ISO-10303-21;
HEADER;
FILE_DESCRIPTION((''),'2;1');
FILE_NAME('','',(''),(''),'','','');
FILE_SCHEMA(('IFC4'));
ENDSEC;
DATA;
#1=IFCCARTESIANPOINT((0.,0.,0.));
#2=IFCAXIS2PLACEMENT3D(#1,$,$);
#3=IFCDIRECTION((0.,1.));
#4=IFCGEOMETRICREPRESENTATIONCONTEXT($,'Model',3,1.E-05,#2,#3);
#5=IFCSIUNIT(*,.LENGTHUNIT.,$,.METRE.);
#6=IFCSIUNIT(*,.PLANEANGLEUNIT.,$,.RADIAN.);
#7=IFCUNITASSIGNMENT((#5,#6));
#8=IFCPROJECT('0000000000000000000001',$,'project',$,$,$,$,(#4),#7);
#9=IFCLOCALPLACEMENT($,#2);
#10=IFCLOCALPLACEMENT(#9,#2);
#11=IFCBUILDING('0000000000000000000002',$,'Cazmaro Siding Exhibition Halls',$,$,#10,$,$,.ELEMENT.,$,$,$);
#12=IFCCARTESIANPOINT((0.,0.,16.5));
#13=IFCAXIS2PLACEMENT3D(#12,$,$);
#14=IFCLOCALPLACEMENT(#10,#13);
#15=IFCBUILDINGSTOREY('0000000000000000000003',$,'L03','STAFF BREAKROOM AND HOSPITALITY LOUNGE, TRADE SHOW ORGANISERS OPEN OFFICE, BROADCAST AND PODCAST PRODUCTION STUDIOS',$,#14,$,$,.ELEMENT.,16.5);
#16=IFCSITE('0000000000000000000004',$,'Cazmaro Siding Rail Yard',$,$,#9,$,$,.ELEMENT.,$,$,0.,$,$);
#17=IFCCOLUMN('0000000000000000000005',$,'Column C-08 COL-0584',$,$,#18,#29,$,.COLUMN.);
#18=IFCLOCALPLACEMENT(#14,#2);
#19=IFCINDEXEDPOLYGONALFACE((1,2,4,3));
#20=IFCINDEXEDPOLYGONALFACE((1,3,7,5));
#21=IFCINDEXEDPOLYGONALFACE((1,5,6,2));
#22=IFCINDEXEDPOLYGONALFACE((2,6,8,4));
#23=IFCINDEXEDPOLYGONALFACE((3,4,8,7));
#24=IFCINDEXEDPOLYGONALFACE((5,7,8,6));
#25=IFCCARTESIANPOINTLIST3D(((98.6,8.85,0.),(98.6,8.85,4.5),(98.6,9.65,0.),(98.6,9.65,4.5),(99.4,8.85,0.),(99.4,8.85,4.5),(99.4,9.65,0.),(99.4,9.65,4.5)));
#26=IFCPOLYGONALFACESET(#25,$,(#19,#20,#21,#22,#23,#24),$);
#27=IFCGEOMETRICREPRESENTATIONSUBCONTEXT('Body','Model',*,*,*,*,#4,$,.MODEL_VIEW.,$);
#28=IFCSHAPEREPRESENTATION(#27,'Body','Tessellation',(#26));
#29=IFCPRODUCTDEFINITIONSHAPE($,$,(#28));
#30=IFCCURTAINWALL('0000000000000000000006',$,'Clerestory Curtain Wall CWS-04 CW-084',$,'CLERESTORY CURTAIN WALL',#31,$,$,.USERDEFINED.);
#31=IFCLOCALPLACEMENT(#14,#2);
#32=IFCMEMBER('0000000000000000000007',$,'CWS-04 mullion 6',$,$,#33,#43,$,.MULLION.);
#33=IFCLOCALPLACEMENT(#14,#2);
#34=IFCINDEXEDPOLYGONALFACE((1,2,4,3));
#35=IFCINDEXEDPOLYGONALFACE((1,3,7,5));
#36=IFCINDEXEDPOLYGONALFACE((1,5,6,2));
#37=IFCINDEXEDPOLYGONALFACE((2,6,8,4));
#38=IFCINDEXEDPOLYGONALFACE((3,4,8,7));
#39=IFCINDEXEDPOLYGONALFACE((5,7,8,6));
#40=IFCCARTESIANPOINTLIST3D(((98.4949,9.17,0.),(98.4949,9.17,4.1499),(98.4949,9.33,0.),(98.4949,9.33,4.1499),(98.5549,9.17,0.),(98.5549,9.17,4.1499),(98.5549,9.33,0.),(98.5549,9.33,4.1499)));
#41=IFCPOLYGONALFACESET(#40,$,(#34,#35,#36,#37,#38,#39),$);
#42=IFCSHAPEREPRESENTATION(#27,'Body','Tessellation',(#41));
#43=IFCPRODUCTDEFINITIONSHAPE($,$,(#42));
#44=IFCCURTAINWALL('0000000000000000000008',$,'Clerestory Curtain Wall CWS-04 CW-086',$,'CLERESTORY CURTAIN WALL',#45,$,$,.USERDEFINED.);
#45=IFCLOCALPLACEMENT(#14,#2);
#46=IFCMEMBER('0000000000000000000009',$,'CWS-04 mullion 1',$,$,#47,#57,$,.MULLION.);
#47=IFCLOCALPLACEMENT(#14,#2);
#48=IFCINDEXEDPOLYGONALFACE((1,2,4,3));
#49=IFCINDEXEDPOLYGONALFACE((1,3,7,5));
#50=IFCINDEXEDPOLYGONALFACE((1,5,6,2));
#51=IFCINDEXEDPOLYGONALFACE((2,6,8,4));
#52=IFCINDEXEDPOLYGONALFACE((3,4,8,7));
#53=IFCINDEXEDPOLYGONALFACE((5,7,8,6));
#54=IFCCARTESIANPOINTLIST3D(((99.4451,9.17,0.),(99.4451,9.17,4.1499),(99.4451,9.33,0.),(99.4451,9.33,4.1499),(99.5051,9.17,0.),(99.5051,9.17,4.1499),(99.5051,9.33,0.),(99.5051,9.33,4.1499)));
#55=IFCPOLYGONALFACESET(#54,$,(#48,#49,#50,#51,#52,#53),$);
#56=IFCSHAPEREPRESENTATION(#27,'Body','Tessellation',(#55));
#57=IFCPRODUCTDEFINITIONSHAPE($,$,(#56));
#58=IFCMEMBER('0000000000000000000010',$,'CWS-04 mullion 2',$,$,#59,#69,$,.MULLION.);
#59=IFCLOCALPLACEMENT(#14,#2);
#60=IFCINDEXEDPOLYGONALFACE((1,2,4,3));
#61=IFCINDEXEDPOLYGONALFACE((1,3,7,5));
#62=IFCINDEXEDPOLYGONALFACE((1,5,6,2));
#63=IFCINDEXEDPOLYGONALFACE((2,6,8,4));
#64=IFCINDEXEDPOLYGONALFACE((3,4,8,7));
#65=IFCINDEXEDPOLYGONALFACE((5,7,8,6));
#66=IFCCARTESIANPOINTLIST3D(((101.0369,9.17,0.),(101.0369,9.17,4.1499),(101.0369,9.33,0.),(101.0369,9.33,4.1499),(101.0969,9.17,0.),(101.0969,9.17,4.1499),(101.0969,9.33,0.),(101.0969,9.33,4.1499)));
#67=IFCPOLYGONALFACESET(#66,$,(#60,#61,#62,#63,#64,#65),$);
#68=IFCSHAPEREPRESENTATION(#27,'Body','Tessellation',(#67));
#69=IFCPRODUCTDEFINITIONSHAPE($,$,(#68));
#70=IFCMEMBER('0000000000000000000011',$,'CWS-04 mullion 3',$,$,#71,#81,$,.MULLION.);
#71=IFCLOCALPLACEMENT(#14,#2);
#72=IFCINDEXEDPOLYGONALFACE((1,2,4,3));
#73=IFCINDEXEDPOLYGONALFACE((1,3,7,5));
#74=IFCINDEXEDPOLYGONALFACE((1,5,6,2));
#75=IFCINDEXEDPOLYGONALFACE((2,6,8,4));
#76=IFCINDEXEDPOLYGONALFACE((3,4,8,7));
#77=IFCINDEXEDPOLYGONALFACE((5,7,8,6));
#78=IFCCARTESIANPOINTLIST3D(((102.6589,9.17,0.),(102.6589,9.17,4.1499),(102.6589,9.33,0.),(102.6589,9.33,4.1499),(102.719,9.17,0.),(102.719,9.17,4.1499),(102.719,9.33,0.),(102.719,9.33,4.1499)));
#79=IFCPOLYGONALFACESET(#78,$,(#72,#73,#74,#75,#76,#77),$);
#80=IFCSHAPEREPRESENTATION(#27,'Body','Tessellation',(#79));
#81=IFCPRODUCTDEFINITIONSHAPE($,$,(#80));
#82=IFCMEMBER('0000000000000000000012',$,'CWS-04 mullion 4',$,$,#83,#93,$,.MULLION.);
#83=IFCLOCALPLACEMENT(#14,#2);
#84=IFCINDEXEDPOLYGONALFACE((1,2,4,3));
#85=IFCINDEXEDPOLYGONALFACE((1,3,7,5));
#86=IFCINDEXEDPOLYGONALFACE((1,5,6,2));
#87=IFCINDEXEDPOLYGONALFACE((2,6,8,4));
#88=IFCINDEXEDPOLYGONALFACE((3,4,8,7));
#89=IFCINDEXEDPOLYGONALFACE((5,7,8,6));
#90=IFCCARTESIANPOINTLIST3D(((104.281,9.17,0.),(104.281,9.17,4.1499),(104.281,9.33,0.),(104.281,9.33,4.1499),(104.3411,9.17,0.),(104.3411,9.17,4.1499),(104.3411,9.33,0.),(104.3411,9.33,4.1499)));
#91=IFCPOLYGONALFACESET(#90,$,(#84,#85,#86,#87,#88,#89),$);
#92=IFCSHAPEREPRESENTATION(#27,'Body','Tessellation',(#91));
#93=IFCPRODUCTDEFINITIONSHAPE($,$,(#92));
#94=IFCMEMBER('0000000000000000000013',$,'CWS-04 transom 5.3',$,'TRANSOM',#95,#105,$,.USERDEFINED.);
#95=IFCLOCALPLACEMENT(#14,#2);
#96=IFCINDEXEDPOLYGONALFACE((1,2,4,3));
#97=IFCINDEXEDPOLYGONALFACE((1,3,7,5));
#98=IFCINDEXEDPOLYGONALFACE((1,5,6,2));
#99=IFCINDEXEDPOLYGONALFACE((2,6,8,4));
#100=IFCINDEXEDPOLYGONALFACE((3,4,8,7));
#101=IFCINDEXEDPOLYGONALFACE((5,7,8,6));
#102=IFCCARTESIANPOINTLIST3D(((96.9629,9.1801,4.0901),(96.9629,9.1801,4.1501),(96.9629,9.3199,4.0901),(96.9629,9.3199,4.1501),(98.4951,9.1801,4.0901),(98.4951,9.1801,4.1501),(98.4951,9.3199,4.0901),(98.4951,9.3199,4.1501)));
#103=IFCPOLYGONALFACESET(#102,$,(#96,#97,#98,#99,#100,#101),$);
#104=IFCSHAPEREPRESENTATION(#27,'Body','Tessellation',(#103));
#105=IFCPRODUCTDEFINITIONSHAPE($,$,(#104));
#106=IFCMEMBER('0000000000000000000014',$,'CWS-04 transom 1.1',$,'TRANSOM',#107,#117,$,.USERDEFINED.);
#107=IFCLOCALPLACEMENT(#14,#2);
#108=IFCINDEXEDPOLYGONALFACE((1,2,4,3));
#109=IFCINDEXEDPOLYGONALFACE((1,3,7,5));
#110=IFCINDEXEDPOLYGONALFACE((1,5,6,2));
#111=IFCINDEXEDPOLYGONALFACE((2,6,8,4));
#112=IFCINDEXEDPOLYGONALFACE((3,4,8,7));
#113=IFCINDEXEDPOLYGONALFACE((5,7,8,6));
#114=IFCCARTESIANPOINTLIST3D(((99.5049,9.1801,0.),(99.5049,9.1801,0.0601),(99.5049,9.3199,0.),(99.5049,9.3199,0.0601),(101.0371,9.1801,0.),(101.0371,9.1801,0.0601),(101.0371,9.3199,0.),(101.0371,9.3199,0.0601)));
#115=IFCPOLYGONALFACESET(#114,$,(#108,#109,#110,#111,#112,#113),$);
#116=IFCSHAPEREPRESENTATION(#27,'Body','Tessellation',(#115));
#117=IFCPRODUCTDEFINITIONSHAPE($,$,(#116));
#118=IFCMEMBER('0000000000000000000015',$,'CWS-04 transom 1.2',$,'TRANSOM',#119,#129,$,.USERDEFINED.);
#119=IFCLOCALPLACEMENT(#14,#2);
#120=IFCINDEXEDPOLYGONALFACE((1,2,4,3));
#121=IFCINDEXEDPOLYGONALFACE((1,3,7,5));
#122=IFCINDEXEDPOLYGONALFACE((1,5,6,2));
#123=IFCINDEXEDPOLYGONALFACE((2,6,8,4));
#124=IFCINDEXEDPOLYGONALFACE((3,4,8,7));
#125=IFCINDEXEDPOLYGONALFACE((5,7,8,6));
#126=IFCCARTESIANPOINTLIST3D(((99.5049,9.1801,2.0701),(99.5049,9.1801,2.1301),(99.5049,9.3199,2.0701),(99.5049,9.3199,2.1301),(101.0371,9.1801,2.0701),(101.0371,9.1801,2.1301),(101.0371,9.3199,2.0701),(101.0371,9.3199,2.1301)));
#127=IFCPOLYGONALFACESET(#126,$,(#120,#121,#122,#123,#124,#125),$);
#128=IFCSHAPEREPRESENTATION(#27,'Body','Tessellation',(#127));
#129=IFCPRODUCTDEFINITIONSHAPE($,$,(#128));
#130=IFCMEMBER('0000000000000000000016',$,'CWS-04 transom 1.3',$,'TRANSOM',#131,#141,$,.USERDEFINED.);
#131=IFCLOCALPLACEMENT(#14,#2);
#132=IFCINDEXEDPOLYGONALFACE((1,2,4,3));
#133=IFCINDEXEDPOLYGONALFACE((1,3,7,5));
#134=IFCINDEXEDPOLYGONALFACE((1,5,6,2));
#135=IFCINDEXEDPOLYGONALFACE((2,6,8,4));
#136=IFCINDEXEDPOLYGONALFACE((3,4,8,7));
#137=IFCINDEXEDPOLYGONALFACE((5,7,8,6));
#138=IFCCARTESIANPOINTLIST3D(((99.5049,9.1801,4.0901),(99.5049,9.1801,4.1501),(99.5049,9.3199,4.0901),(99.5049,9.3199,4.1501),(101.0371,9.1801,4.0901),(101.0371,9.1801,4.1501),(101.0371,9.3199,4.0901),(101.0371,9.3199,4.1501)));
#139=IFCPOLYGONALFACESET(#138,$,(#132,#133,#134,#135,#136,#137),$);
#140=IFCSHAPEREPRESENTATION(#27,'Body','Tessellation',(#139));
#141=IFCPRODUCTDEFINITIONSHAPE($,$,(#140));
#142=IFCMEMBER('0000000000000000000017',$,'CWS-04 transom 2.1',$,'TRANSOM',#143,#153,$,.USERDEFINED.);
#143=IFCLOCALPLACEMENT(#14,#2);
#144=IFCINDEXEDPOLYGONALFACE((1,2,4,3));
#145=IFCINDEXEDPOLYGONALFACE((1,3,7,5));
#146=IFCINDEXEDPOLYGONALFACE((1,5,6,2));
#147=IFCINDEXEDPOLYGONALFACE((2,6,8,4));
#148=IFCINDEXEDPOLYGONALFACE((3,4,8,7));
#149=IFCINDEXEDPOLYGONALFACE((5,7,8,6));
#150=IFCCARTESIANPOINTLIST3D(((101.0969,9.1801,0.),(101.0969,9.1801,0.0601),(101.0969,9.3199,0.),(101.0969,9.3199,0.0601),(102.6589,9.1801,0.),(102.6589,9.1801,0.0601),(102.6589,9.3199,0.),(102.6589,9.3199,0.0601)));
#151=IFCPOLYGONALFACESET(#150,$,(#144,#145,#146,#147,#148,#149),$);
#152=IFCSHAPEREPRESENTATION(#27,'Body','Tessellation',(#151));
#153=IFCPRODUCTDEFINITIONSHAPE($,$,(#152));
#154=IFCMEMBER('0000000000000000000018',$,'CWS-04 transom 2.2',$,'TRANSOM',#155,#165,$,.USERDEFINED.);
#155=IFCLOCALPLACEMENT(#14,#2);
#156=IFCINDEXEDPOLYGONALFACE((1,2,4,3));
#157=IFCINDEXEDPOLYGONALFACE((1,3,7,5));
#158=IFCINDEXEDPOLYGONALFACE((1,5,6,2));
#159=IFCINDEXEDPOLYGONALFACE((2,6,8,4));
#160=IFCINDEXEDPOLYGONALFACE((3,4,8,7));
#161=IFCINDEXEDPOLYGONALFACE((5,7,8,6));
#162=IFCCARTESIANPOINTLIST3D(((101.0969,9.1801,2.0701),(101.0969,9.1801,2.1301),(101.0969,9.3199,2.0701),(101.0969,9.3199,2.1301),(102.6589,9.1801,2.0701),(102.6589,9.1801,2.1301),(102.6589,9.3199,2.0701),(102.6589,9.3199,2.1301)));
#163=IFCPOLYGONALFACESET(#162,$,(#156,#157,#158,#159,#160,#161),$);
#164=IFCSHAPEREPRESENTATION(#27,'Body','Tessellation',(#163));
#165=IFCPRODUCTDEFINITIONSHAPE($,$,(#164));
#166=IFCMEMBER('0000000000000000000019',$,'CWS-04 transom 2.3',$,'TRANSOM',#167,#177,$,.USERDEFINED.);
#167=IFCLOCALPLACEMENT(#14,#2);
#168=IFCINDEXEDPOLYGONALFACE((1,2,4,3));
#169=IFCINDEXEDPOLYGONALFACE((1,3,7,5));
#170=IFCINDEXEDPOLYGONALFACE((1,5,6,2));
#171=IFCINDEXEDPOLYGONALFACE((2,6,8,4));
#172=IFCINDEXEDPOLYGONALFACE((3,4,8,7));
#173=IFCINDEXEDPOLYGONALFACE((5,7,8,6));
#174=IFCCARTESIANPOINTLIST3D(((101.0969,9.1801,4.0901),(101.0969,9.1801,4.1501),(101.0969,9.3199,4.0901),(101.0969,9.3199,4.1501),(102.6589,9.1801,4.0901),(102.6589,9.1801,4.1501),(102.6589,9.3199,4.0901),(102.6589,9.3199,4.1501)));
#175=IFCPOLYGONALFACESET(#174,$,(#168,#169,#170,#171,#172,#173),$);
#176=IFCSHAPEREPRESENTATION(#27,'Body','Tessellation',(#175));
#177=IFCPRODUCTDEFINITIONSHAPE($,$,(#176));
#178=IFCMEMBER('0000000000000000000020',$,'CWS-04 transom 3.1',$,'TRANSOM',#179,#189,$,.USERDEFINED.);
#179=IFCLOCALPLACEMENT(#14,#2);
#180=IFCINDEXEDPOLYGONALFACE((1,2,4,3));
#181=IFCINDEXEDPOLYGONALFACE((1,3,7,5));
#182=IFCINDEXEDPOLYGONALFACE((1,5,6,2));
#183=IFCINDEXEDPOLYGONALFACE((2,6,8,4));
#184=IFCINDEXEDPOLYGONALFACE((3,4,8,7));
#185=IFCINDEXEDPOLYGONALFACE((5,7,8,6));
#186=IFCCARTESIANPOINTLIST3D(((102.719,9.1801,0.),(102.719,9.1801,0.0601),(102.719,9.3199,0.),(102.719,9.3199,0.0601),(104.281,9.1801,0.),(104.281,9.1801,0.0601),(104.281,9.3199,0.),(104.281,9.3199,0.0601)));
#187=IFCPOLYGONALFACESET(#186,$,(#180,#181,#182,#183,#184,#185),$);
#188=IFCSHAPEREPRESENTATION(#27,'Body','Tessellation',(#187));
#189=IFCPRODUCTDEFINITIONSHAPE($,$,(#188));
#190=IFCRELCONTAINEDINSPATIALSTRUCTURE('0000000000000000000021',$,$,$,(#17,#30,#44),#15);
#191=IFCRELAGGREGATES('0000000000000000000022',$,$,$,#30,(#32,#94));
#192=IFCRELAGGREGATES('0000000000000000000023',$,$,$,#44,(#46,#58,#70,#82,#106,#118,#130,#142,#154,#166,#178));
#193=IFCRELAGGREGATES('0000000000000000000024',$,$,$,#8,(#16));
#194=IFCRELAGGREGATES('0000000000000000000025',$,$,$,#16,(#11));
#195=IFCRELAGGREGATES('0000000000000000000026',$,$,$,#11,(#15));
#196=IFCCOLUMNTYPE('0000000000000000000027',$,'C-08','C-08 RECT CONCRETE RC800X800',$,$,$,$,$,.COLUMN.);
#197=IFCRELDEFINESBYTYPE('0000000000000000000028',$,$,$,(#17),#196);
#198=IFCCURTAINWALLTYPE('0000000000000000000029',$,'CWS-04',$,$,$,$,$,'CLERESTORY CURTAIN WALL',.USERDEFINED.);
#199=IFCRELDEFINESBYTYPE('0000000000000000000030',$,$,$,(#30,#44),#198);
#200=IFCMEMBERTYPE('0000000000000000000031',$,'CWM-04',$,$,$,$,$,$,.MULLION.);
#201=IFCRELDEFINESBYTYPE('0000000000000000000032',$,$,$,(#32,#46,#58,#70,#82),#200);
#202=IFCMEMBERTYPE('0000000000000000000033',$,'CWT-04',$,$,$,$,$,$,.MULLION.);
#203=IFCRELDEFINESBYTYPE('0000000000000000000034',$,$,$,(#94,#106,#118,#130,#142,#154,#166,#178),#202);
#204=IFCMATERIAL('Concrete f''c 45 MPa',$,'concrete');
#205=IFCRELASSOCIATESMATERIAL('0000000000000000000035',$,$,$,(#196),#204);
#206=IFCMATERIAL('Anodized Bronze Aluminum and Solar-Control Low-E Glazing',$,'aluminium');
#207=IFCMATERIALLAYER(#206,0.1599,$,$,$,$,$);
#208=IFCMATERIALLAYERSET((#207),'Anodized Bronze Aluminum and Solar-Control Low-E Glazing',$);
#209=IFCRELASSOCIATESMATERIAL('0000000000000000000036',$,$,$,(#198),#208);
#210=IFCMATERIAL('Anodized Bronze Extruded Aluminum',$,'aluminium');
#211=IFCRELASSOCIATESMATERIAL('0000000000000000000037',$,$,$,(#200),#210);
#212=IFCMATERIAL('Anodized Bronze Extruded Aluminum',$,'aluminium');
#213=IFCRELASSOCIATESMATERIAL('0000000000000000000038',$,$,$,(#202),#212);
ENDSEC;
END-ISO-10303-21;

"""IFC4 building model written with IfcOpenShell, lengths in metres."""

from ifc_helpers import new_model, si_unit, direction, frame, origin, origin_2d, place, context, subcontext, project, spatial, rectangle, extrude, material, layer, layer_set, material_profile, profile_set, type_object, element, aggregate, save


model = new_model("IFC4")

# Units and contexts
model_context = context("Model", 3, precision=1e-05, world=origin(), true_north=direction((0.0, 1.0)))
body_context = subcontext(model_context, "Body", "Model", "MODEL_VIEW")
ifc_project = project(units=[si_unit("LENGTHUNIT", "METRE"), si_unit("PLANEANGLEUNIT", "RADIAN")], contexts=[model_context])

# Site, building, storey
site_placement = place(None, origin())
site = spatial("IfcSite", under=ifc_project, at=site_placement, Name="Cazmaro Siding Rail Yard", CompositionType="ELEMENT", RefElevation=0.0)
building_placement = place(site_placement, origin())
building = spatial("IfcBuilding", under=site, at=building_placement, Name="Cazmaro Siding Exhibition Halls", CompositionType="ELEMENT")
storey_placement = place(building_placement, frame((0.0, 0.0, 16.5)))
storey = spatial("IfcBuildingStorey", under=building, at=storey_placement, Name="L03", Description="STAFF BREAKROOM AND HOSPITALITY LOUNGE, TRADE SHOW ORGANISERS OPEN OFFICE, BROADCAST AND PODCAST PRODUCTION STUDIOS", CompositionType="ELEMENT", Elevation=16.5)

# Column
ifc_material_1 = material(Name="Concrete f'c 45 MPa", Category="concrete")
ifc_material_profile_1 = material_profile(ifc_material_1, rectangle(XDim=0.8, YDim=0.8, at=origin_2d()), Name="RC800X800")
ifc_profile_set_1 = profile_set([ifc_material_profile_1], Name="Concrete f'c 45 MPa")
column_type = type_object("IfcColumnType", Name="C-08", Description="C-08 RECT CONCRETE RC800X800", PredefinedType="COLUMN", material=ifc_profile_set_1)
column_placement = place(storey_placement, frame((99.0, 9.25, 0.0), z_axis=(0.0, 0.0, 1.0), x_axis=(1.0, 0.0, 0.0)))
element("IfcColumn", 1, at=column_placement, inside=storey, type_object=column_type, Name="Column C-08 COL-0584", PredefinedType="COLUMN", context=body_context, shape_type="SweptSolid", body=[
    extrude(rectangle(XDim=0.8, YDim=0.8, at=origin_2d()), origin(), (0.0, 0.0, 1.0), 4.5),
])

# Curtain wall, member
ifc_material_2 = material(Name="Anodized Bronze Aluminum and Solar-Control Low-E Glazing", Category="aluminium")
ifc_layer_1 = layer(ifc_material_2, 0.1599)
ifc_layer_set_1 = layer_set([ifc_layer_1], Name="Anodized Bronze Aluminum and Solar-Control Low-E Glazing")
curtain_wall_type = type_object("IfcCurtainWallType", Name="CWS-04", ElementType="CLERESTORY CURTAIN WALL", PredefinedType="USERDEFINED", material=ifc_layer_set_1)
curtain_wall_1_placement = place(storey_placement, origin())
curtain_wall_1 = element("IfcCurtainWall", 2, at=curtain_wall_1_placement, inside=storey, type_object=curtain_wall_type, Name="Clerestory Curtain Wall CWS-04 CW-084", ObjectType="CLERESTORY CURTAIN WALL", PredefinedType="USERDEFINED")
ifc_material_3 = material(Name="Anodized Bronze Extruded Aluminum", Category="aluminium")
ifc_material_profile_2 = material_profile(ifc_material_3, rectangle(XDim=0.1599, YDim=0.0601, at=origin_2d()), Name="CWM-04")
ifc_profile_set_2 = profile_set([ifc_material_profile_2], Name="Anodized Bronze Extruded Aluminum")
member_type_1 = type_object("IfcMemberType", Name="CWM-04", PredefinedType="MULLION", material=ifc_profile_set_2)
member_1_placement = place(storey_placement, frame((98.5249, 9.25, 0.0), z_axis=(0.0, 0.0, 1.0), x_axis=(0.0, 1.0, 0.0)))
member_1 = element("IfcMember", 3, at=member_1_placement, type_object=member_type_1, Name="CWS-04 mullion 6", PredefinedType="MULLION", context=body_context, shape_type="SweptSolid", body=[
    extrude(rectangle(XDim=0.1599, YDim=0.0601, at=origin_2d()), origin(), (0.0, 0.0, 1.0), 4.1499),
])

# Curtain wall, members
curtain_wall_2_placement = place(storey_placement, origin())
curtain_wall_2 = element("IfcCurtainWall", 4, at=curtain_wall_2_placement, inside=storey, type_object=curtain_wall_type, Name="Clerestory Curtain Wall CWS-04 CW-086", ObjectType="CLERESTORY CURTAIN WALL", PredefinedType="USERDEFINED")
member_2_placement = place(storey_placement, frame((99.4751, 9.25, 0.0), z_axis=(0.0, 0.0, 1.0), x_axis=(0.0, 1.0, 0.0)))
member_2 = element("IfcMember", 5, at=member_2_placement, type_object=member_type_1, Name="CWS-04 mullion 1", PredefinedType="MULLION", context=body_context, shape_type="SweptSolid", body=[
    extrude(rectangle(XDim=0.1599, YDim=0.0601, at=origin_2d()), origin(), (0.0, 0.0, 1.0), 4.1499),
])
member_3_placement = place(storey_placement, frame((101.0669, 9.25, 0.0), z_axis=(0.0, 0.0, 1.0), x_axis=(0.0, 1.0, 0.0)))
member_3 = element("IfcMember", 6, at=member_3_placement, type_object=member_type_1, Name="CWS-04 mullion 2", PredefinedType="MULLION", context=body_context, shape_type="SweptSolid", body=[
    extrude(rectangle(XDim=0.1599, YDim=0.0601, at=origin_2d()), origin(), (0.0, 0.0, 1.0), 4.1499),
])
member_4_placement = place(storey_placement, frame((102.689, 9.25, 0.0), z_axis=(0.0, 0.0, 1.0), x_axis=(0.0, 1.0, 0.0)))
member_4 = element("IfcMember", 7, at=member_4_placement, type_object=member_type_1, Name="CWS-04 mullion 3", PredefinedType="MULLION", context=body_context, shape_type="SweptSolid", body=[
    extrude(rectangle(XDim=0.1599, YDim=0.0601, at=origin_2d()), origin(), (0.0, 0.0, 1.0), 4.1499),
])
member_5_placement = place(storey_placement, frame((104.311, 9.25, 0.0), z_axis=(0.0, 0.0, 1.0), x_axis=(0.0, 1.0, 0.0)))
member_5 = element("IfcMember", 8, at=member_5_placement, type_object=member_type_1, Name="CWS-04 mullion 4", PredefinedType="MULLION", context=body_context, shape_type="SweptSolid", body=[
    extrude(rectangle(XDim=0.1599, YDim=0.0601, at=origin_2d()), origin(), (0.0, 0.0, 1.0), 4.1499),
])

# Members
ifc_material_4 = material(Name="Anodized Bronze Extruded Aluminum", Category="aluminium")
ifc_material_profile_3 = material_profile(ifc_material_4, rectangle(XDim=0.1399, YDim=0.0601, at=origin_2d()), Name="CWT-04")
ifc_profile_set_3 = profile_set([ifc_material_profile_3], Name="Anodized Bronze Extruded Aluminum")
member_type_2 = type_object("IfcMemberType", Name="CWT-04", PredefinedType="MULLION", material=ifc_profile_set_3)
member_6_placement = place(storey_placement, frame((96.9629, 9.25, 4.1201), z_axis=(1.0, 0.0, 0.0), x_axis=(0.0, 1.0, 0.0)))
member_6 = element("IfcMember", 9, at=member_6_placement, type_object=member_type_2, Name="CWS-04 transom 5.3", ObjectType="TRANSOM", PredefinedType="USERDEFINED", context=body_context, shape_type="SweptSolid", body=[
    extrude(rectangle(XDim=0.1399, YDim=0.0601, at=origin_2d()), origin(), (0.0, 0.0, 1.0), 1.5322),
])
member_7_placement = place(storey_placement, frame((99.5049, 9.25, 0.03), z_axis=(1.0, 0.0, 0.0), x_axis=(0.0, 1.0, 0.0)))
member_7 = element("IfcMember", 10, at=member_7_placement, type_object=member_type_2, Name="CWS-04 transom 1.1", ObjectType="TRANSOM", PredefinedType="USERDEFINED", context=body_context, shape_type="SweptSolid", body=[
    extrude(rectangle(XDim=0.1399, YDim=0.0601, at=origin_2d()), origin(), (0.0, 0.0, 1.0), 1.5322),
])
member_8_placement = place(storey_placement, frame((99.5049, 9.25, 2.1001), z_axis=(1.0, 0.0, 0.0), x_axis=(0.0, 1.0, 0.0)))
member_8 = element("IfcMember", 11, at=member_8_placement, type_object=member_type_2, Name="CWS-04 transom 1.2", ObjectType="TRANSOM", PredefinedType="USERDEFINED", context=body_context, shape_type="SweptSolid", body=[
    extrude(rectangle(XDim=0.1399, YDim=0.0601, at=origin_2d()), origin(), (0.0, 0.0, 1.0), 1.5322),
])
member_9_placement = place(storey_placement, frame((99.5049, 9.25, 4.1201), z_axis=(1.0, 0.0, 0.0), x_axis=(0.0, 1.0, 0.0)))
member_9 = element("IfcMember", 12, at=member_9_placement, type_object=member_type_2, Name="CWS-04 transom 1.3", ObjectType="TRANSOM", PredefinedType="USERDEFINED", context=body_context, shape_type="SweptSolid", body=[
    extrude(rectangle(XDim=0.1399, YDim=0.0601, at=origin_2d()), origin(), (0.0, 0.0, 1.0), 1.5322),
])
member_10_placement = place(storey_placement, frame((101.0969, 9.25, 0.03), z_axis=(1.0, 0.0, 0.0), x_axis=(0.0, 1.0, 0.0)))
member_10 = element("IfcMember", 13, at=member_10_placement, type_object=member_type_2, Name="CWS-04 transom 2.1", ObjectType="TRANSOM", PredefinedType="USERDEFINED", context=body_context, shape_type="SweptSolid", body=[
    extrude(rectangle(XDim=0.1399, YDim=0.0601, at=origin_2d()), origin(), (0.0, 0.0, 1.0), 1.562),
])
member_11_placement = place(storey_placement, frame((101.0969, 9.25, 2.1001), z_axis=(1.0, 0.0, 0.0), x_axis=(0.0, 1.0, 0.0)))
member_11 = element("IfcMember", 14, at=member_11_placement, type_object=member_type_2, Name="CWS-04 transom 2.2", ObjectType="TRANSOM", PredefinedType="USERDEFINED", context=body_context, shape_type="SweptSolid", body=[
    extrude(rectangle(XDim=0.1399, YDim=0.0601, at=origin_2d()), origin(), (0.0, 0.0, 1.0), 1.562),
])
member_12_placement = place(storey_placement, frame((101.0969, 9.25, 4.1201), z_axis=(1.0, 0.0, 0.0), x_axis=(0.0, 1.0, 0.0)))
member_12 = element("IfcMember", 15, at=member_12_placement, type_object=member_type_2, Name="CWS-04 transom 2.3", ObjectType="TRANSOM", PredefinedType="USERDEFINED", context=body_context, shape_type="SweptSolid", body=[
    extrude(rectangle(XDim=0.1399, YDim=0.0601, at=origin_2d()), origin(), (0.0, 0.0, 1.0), 1.562),
])
member_13_placement = place(storey_placement, frame((102.719, 9.25, 0.03), z_axis=(1.0, 0.0, 0.0), x_axis=(0.0, 1.0, 0.0)))
member_13 = element("IfcMember", 16, at=member_13_placement, type_object=member_type_2, Name="CWS-04 transom 3.1", ObjectType="TRANSOM", PredefinedType="USERDEFINED", context=body_context, shape_type="SweptSolid", body=[
    extrude(rectangle(XDim=0.1399, YDim=0.0601, at=origin_2d()), origin(), (0.0, 0.0, 1.0), 1.562),
])

aggregate(curtain_wall_1, [member_1, member_6])
aggregate(curtain_wall_2, [member_2, member_3, member_4, member_5, member_7, member_8, member_9, member_10, member_11, member_12, member_13])

save(model, "model.ifc")
